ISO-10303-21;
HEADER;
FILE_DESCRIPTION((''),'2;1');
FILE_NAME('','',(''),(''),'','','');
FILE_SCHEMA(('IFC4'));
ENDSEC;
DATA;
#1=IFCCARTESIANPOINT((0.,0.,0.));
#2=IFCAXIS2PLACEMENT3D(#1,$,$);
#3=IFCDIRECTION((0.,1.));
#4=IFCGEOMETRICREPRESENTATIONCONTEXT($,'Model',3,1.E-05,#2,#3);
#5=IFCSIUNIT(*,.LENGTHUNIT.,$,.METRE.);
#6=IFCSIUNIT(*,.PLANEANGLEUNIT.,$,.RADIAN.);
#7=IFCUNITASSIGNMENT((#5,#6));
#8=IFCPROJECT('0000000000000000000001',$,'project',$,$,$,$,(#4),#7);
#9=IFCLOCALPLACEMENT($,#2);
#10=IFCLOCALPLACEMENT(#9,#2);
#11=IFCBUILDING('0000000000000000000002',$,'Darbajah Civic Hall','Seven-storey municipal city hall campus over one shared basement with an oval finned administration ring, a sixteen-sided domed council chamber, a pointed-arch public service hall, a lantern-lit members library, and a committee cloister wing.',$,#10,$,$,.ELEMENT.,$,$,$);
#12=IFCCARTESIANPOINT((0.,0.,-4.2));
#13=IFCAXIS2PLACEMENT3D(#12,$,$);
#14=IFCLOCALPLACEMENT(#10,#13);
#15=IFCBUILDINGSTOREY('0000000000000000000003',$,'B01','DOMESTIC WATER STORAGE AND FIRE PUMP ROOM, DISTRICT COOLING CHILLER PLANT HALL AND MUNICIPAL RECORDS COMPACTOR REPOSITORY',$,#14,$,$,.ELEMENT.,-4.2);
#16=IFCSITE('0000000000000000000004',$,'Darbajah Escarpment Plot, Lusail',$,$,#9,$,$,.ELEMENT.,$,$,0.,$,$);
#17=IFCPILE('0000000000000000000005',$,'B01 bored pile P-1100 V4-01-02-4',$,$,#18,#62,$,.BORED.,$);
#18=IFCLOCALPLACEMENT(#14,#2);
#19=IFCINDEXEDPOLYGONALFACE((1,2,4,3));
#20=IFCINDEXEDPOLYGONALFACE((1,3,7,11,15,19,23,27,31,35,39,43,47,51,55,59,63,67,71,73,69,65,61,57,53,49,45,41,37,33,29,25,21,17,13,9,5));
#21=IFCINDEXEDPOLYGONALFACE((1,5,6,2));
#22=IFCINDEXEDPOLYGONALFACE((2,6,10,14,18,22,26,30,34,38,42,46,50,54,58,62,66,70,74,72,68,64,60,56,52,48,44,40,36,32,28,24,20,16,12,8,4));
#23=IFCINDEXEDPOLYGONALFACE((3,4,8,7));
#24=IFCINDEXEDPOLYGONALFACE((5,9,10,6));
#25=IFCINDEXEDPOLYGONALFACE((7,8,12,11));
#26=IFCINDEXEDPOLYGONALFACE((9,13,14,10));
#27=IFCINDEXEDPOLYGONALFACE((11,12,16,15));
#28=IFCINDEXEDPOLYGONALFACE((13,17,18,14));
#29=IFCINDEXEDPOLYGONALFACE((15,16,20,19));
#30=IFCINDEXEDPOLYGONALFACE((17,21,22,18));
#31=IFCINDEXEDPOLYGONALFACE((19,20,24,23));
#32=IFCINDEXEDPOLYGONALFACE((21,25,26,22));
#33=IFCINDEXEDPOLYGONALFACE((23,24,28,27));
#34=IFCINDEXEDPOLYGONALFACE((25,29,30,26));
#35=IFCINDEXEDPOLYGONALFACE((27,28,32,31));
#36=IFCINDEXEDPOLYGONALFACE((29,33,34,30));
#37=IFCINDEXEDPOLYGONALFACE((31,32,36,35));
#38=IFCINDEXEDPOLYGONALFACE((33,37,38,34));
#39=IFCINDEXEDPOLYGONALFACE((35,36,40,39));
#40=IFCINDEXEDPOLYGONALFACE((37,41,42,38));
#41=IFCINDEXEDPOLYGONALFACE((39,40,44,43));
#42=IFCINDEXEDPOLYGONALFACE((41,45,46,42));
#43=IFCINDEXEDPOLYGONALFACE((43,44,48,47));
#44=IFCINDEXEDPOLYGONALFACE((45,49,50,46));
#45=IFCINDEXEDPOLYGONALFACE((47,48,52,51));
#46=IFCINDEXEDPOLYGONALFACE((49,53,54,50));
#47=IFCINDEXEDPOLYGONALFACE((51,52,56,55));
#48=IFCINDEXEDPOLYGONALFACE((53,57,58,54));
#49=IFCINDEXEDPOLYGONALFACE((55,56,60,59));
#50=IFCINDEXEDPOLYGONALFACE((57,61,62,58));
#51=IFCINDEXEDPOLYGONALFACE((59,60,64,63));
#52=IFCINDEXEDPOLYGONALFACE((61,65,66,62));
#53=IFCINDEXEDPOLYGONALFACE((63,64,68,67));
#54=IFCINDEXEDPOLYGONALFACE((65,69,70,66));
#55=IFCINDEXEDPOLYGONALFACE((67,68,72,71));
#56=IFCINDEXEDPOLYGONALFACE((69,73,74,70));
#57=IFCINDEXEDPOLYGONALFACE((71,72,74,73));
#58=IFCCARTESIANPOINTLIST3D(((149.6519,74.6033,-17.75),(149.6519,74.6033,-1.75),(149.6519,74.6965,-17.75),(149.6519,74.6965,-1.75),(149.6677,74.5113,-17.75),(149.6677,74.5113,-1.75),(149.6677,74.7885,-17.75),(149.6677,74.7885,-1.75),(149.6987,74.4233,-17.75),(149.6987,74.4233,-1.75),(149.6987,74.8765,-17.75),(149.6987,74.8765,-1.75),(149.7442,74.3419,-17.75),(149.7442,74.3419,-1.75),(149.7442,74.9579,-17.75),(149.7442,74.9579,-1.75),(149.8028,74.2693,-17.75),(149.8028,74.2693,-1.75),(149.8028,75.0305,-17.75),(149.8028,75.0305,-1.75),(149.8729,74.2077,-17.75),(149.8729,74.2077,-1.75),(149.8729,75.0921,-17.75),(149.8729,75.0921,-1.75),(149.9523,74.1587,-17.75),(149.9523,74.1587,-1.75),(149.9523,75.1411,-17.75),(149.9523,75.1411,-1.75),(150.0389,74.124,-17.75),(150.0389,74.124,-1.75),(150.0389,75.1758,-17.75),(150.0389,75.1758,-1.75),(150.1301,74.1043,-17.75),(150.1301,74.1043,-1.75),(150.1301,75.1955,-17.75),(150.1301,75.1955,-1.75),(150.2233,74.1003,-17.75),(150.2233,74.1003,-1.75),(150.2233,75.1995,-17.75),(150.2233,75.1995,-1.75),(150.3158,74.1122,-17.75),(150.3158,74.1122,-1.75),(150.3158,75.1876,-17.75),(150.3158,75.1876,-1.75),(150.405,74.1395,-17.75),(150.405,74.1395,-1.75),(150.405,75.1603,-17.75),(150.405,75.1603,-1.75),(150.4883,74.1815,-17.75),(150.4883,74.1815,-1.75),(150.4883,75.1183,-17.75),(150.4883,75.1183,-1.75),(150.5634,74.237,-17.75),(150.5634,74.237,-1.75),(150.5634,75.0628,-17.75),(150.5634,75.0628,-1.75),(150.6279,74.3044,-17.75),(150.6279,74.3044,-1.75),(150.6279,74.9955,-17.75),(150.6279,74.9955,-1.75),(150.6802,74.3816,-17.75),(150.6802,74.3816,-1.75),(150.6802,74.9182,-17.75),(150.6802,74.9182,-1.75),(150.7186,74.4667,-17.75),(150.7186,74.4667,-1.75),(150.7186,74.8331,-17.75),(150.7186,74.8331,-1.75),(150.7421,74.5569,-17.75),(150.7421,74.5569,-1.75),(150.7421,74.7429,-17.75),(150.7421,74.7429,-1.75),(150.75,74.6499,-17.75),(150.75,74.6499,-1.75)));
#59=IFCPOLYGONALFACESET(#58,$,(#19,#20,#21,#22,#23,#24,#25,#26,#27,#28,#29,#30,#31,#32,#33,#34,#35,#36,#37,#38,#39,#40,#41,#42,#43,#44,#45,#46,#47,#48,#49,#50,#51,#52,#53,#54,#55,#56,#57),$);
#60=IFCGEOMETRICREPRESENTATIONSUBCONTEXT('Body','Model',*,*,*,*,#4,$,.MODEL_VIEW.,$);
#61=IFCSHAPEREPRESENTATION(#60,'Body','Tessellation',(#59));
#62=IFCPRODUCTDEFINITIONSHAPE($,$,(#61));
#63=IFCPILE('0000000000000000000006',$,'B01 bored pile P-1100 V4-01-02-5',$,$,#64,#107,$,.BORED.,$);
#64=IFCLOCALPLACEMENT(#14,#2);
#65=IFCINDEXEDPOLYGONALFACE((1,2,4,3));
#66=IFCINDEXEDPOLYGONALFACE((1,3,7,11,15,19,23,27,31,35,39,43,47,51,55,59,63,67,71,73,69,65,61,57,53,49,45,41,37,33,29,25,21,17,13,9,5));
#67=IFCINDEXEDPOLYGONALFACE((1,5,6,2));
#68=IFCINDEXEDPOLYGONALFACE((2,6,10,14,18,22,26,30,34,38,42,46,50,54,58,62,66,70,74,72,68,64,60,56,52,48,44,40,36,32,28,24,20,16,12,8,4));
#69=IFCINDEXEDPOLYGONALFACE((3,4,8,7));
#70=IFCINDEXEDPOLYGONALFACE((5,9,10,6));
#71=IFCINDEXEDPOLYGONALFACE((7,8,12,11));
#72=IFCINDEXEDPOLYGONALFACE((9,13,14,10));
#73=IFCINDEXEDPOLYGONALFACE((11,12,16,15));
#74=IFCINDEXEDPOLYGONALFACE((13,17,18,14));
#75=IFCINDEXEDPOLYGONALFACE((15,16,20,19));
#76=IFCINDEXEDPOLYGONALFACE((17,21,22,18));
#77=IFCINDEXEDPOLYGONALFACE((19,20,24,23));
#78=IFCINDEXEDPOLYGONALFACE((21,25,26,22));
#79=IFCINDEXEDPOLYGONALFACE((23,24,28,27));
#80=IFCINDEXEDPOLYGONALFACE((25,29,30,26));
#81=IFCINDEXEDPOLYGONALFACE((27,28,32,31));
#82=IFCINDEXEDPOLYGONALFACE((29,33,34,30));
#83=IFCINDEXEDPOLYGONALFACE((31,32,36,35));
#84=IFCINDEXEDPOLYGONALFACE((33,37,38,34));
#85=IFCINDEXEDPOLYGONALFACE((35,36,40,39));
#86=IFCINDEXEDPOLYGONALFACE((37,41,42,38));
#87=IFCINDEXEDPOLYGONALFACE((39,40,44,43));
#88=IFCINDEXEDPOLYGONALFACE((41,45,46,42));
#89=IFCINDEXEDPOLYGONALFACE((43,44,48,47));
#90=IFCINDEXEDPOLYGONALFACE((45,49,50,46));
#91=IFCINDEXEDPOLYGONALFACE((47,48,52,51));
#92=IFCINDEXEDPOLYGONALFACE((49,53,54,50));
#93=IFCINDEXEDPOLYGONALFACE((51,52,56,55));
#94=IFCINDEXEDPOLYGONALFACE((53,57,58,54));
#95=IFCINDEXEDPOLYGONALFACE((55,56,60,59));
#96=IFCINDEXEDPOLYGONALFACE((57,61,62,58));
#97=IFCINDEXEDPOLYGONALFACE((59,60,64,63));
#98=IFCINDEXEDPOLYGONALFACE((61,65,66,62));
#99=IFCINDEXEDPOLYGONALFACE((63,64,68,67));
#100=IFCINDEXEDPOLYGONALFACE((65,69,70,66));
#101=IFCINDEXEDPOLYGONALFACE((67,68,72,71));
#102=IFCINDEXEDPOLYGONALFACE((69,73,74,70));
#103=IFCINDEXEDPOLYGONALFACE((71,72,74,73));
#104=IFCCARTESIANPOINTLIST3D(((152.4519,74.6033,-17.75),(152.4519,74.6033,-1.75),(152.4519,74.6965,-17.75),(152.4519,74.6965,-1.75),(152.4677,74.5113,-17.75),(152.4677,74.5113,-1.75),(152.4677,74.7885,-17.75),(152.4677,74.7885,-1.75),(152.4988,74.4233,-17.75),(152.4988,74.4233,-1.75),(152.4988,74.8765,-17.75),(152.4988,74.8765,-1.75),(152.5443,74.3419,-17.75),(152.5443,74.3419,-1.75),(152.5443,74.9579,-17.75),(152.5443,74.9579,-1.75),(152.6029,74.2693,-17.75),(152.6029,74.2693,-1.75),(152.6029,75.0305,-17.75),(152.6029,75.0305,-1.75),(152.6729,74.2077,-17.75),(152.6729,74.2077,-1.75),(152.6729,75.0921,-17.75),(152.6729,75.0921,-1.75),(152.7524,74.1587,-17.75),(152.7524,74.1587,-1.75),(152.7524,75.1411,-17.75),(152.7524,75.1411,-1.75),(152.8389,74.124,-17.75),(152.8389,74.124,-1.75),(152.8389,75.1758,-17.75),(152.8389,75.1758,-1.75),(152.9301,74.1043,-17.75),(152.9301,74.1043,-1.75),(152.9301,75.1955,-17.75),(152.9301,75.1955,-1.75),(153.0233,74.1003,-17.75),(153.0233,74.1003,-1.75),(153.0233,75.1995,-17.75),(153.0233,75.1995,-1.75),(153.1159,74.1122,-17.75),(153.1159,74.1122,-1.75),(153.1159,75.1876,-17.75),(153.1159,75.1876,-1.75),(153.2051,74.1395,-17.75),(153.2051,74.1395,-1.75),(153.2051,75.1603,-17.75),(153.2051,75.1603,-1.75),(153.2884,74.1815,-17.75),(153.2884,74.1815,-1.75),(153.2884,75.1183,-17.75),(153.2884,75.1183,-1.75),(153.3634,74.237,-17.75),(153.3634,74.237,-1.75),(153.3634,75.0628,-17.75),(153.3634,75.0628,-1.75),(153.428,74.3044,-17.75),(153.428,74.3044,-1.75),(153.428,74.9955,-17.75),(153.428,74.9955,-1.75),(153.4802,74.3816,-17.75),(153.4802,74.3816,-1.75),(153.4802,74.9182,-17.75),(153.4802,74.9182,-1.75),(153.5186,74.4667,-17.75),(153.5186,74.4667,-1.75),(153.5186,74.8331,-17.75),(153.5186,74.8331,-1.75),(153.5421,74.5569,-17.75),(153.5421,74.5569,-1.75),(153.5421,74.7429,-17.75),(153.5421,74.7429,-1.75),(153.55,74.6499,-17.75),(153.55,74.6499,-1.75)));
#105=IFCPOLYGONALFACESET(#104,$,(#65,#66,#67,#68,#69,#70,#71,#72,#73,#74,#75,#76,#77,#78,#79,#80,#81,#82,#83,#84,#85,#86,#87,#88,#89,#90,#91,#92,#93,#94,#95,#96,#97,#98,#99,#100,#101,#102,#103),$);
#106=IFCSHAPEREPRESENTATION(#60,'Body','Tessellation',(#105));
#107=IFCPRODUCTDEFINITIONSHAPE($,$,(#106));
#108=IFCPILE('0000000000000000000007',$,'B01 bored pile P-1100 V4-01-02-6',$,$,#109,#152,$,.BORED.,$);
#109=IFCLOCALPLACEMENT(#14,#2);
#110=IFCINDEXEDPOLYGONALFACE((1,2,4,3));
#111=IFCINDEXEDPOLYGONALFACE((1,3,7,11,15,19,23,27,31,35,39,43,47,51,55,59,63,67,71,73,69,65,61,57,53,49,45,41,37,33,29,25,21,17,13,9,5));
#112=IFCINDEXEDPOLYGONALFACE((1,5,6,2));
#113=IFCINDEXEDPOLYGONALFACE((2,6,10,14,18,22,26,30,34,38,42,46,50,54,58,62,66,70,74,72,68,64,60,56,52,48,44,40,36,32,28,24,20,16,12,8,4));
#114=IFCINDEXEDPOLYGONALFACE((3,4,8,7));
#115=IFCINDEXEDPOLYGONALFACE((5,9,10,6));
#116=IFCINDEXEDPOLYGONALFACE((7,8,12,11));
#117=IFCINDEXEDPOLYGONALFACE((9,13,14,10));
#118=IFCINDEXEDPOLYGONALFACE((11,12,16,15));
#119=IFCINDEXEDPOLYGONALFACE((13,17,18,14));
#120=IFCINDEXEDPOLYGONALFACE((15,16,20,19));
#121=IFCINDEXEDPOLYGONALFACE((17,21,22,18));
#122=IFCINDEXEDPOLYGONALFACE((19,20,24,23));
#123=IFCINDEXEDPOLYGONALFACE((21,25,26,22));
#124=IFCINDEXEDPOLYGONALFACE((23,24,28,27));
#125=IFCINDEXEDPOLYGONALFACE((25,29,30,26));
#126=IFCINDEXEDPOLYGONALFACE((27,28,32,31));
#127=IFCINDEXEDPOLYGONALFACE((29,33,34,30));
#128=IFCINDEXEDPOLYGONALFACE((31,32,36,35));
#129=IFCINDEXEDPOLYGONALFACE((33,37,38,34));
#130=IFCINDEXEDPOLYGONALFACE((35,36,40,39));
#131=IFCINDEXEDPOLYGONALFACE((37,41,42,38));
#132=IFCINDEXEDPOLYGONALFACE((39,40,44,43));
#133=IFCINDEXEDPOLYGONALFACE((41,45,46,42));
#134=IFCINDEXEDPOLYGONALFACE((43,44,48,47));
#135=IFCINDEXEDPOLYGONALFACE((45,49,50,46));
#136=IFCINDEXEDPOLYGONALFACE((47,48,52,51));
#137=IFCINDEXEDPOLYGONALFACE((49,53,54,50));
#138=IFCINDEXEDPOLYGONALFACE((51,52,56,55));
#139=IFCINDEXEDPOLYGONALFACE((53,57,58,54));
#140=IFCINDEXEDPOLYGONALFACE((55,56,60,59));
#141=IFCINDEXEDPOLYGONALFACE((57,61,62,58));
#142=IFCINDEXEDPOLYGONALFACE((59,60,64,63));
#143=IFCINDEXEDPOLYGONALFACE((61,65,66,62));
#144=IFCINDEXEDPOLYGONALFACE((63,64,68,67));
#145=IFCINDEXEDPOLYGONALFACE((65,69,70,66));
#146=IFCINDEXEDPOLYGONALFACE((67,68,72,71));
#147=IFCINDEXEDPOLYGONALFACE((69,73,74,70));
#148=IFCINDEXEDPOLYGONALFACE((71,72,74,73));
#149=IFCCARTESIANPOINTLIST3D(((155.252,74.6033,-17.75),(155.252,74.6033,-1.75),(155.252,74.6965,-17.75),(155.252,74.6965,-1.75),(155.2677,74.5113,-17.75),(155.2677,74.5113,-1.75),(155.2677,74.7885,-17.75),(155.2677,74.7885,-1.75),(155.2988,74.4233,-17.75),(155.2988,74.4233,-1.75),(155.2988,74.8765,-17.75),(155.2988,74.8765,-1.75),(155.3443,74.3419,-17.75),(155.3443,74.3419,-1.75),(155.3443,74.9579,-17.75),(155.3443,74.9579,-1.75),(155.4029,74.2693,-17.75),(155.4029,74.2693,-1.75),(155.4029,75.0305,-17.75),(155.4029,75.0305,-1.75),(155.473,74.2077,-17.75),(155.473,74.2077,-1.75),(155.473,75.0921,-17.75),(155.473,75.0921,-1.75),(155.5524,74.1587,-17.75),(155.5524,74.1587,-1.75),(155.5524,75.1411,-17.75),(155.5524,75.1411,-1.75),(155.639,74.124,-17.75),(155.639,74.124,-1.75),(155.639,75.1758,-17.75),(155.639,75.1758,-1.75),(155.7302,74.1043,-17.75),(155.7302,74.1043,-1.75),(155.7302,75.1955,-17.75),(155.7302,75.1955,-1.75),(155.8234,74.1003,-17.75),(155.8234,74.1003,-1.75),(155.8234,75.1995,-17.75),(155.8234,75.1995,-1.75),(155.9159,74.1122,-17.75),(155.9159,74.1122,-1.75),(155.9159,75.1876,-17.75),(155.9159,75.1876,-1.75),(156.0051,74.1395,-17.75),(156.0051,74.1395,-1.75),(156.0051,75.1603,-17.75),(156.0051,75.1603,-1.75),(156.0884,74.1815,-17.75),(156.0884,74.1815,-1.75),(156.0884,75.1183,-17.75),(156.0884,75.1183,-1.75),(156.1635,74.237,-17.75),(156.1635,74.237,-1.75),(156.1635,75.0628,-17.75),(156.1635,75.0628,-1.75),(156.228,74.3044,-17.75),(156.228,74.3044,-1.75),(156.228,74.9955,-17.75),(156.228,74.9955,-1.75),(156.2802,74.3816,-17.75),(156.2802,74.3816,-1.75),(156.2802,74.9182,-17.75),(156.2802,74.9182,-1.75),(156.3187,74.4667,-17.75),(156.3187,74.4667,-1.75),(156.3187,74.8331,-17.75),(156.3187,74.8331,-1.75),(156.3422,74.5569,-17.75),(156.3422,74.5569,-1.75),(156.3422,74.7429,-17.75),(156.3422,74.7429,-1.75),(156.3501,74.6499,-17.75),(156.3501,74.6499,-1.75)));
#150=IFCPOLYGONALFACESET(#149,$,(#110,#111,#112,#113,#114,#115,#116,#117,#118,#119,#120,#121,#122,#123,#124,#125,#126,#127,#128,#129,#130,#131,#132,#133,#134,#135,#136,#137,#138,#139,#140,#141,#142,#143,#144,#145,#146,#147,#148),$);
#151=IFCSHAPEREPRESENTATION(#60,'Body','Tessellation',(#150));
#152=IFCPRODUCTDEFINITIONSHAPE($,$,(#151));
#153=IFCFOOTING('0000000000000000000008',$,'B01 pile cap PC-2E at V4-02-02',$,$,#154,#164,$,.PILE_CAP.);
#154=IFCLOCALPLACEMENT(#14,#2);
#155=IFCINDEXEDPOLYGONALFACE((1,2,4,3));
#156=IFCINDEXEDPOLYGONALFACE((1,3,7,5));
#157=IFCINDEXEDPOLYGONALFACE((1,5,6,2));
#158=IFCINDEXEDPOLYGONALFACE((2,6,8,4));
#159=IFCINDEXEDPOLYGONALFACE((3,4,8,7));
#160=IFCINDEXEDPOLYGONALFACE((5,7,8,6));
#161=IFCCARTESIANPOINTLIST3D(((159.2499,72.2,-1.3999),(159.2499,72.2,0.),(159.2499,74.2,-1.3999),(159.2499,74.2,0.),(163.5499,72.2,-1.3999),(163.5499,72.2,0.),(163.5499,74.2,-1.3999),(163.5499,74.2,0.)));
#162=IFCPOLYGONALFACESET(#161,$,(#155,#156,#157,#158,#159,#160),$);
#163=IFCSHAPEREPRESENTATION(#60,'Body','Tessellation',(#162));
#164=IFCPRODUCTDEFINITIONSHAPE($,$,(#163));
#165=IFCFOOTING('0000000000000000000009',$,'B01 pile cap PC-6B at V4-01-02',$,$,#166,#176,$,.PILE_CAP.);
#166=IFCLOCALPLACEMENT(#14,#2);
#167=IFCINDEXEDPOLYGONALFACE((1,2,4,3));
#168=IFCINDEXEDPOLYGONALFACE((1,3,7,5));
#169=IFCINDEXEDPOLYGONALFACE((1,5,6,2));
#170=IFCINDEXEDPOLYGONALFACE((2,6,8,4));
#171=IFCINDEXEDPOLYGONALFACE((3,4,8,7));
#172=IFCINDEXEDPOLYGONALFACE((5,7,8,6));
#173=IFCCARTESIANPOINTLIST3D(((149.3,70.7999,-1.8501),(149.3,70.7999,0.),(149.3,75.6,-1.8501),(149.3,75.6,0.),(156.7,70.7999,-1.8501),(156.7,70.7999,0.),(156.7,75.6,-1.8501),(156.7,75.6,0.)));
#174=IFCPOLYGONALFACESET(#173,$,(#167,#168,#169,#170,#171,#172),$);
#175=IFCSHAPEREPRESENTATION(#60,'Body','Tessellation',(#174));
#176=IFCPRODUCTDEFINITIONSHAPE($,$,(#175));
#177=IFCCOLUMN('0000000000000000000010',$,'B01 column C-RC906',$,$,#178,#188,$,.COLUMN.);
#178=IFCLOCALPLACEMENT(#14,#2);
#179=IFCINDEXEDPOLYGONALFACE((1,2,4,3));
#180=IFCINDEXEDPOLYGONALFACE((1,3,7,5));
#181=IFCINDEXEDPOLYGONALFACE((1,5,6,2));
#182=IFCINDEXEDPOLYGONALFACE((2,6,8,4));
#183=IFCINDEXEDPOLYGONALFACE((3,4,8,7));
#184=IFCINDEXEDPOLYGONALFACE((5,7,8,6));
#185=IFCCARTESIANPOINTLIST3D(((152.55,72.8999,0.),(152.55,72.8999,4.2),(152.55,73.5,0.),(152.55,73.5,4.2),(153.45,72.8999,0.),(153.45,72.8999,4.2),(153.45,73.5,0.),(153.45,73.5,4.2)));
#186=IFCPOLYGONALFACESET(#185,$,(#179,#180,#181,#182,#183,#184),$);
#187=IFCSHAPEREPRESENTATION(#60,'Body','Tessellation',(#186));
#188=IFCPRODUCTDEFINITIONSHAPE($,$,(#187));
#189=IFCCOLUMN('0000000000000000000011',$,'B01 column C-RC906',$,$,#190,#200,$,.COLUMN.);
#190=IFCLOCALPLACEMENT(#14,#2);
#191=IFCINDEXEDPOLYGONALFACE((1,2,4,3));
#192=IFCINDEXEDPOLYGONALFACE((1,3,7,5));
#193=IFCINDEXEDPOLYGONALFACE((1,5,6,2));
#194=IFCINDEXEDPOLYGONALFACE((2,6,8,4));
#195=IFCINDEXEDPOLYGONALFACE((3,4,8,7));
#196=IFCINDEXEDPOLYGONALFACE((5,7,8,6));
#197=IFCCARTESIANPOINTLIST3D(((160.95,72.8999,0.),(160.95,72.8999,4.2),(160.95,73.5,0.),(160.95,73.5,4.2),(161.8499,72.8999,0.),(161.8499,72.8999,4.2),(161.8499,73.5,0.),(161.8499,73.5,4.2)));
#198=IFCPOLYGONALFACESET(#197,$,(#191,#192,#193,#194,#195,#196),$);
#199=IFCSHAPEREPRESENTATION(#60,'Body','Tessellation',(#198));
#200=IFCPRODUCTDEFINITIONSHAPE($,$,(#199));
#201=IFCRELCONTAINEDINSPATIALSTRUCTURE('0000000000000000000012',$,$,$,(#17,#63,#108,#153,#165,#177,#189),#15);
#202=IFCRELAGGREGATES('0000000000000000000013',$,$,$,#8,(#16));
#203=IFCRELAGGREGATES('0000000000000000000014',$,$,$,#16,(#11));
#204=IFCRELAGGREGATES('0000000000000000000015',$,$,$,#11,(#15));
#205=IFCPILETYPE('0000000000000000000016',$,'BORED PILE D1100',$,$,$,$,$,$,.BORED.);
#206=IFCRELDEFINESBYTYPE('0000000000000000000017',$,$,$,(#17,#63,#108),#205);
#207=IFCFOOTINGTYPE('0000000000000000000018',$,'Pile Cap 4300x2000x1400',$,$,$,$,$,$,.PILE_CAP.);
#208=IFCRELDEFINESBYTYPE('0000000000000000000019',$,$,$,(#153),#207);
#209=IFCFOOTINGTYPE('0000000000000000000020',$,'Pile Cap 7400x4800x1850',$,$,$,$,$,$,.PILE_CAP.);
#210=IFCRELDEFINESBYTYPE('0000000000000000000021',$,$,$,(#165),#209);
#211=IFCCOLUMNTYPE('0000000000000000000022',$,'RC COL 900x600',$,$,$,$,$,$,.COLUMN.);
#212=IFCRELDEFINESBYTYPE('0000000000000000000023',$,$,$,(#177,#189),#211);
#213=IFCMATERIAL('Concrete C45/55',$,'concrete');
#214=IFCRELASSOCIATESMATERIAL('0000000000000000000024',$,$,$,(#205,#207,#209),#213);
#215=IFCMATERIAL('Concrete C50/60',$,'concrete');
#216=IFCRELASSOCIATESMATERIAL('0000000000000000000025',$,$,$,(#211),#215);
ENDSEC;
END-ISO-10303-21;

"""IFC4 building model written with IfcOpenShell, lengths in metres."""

from ifc_helpers import new_model, si_unit, direction, frame, origin, origin_2d, place, context, subcontext, project, spatial, rectangle, circle, extrude, material, material_profile, profile_set, type_object, element, save


model = new_model("IFC4")

# Units and contexts
model_context = context("Model", 3, precision=1e-05, world=origin(), true_north=direction((0.0, 1.0)))
body_context = subcontext(model_context, "Body", "Model", "MODEL_VIEW")
ifc_project = project(units=[si_unit("LENGTHUNIT", "METRE"), si_unit("PLANEANGLEUNIT", "RADIAN")], contexts=[model_context])

# Site, building, storey
site_placement = place(None, origin())
site = spatial("IfcSite", under=ifc_project, at=site_placement, Name="Darbajah Escarpment Plot, Lusail", CompositionType="ELEMENT", RefElevation=0.0)
building_placement = place(site_placement, origin())
building = spatial("IfcBuilding", under=site, at=building_placement, Name="Darbajah Civic Hall", Description="Seven-storey municipal city hall campus over one shared basement with an oval finned administration ring, a sixteen-sided domed council chamber, a pointed-arch public service hall, a lantern-lit members library, and a committee cloister wing.", CompositionType="ELEMENT")
storey_placement = place(building_placement, frame((0.0, 0.0, -4.2)))
storey = spatial("IfcBuildingStorey", under=building, at=storey_placement, Name="B01", Description="DOMESTIC WATER STORAGE AND FIRE PUMP ROOM, DISTRICT COOLING CHILLER PLANT HALL AND MUNICIPAL RECORDS COMPACTOR REPOSITORY", CompositionType="ELEMENT", Elevation=-4.2)

# Piles
ifc_material_1 = material(Name="Concrete C45/55", Category="concrete")
ifc_material_profile_1 = material_profile(ifc_material_1, circle(Radius=0.55, at=origin_2d()), Name="BORED PILE D1100")
ifc_profile_set_1 = profile_set([ifc_material_profile_1], Name="Concrete C45/55")
pile_type_1 = type_object("IfcPileType", Name="BORED PILE D1100", PredefinedType="BORED", material=ifc_profile_set_1)
for number, where, z_axis, x_axis, name in (
    (1, (150.2, 74.6499, -1.75), (0.0, 0.0, -1.0), (1.0, 0.0, 0.0), "B01 bored pile P-1100 V4-01-02-4"),
    (2, (153.0, 74.6499, -1.75), (0.0, 0.0, -1.0), (1.0, 0.0, 0.0), "B01 bored pile P-1100 V4-01-02-5"),
    (3, (155.8, 74.6499, -1.75), (0.0, 0.0, -1.0), (1.0, 0.0, 0.0), "B01 bored pile P-1100 V4-01-02-6"),
):
    element("IfcPile", number, at=place(storey_placement, frame(where, z_axis=z_axis, x_axis=x_axis)), inside=storey, type_object=pile_type_1, Name=name, PredefinedType="BORED", context=body_context, shape_type="SweptSolid", body=[
        extrude(circle(Radius=0.55, at=origin_2d()), origin(), (0.0, 0.0, 1.0), 16.0),
    ])

# Footings
footing_type_1 = type_object("IfcFootingType", Name="Pile Cap 4300x2000x1400", PredefinedType="PILE_CAP", material=ifc_material_1)
footing_1_placement = place(storey_placement, frame((161.3999, 73.2, -1.3999), z_axis=(0.0, 0.0, 1.0), x_axis=(1.0, 0.0, 0.0)))
element("IfcFooting", 4, at=footing_1_placement, inside=storey, type_object=footing_type_1, Name="B01 pile cap PC-2E at V4-02-02", PredefinedType="PILE_CAP", context=body_context, shape_type="SweptSolid", body=[
    extrude(rectangle(XDim=4.3, YDim=2.0, at=origin_2d()), origin(), (0.0, 0.0, 1.0), 1.3999),
])
footing_type_2 = type_object("IfcFootingType", Name="Pile Cap 7400x4800x1850", PredefinedType="PILE_CAP", material=ifc_material_1)
footing_2_placement = place(storey_placement, frame((153.0, 73.2, -1.8501), z_axis=(0.0, 0.0, 1.0), x_axis=(1.0, 0.0, 0.0)))
element("IfcFooting", 5, at=footing_2_placement, inside=storey, type_object=footing_type_2, Name="B01 pile cap PC-6B at V4-01-02", PredefinedType="PILE_CAP", context=body_context, shape_type="SweptSolid", body=[
    extrude(rectangle(XDim=7.3999, YDim=4.8, at=origin_2d()), origin(), (0.0, 0.0, 1.0), 1.8501),
])

# Columns
ifc_material_2 = material(Name="Concrete C50/60", Category="concrete")
ifc_material_profile_2 = material_profile(ifc_material_2, rectangle(XDim=0.8999, YDim=0.6001, at=origin_2d()), Name="RC COL 900x600")
ifc_profile_set_2 = profile_set([ifc_material_profile_2], Name="Concrete C50/60")
column_type = type_object("IfcColumnType", Name="RC COL 900x600", PredefinedType="COLUMN", material=ifc_profile_set_2)
for number, where, z_axis, x_axis, name in (
    (6, (153.0, 73.2, 0.0), (0.0, 0.0, 1.0), (1.0, 0.0, 0.0), "B01 column C-RC906"),
    (7, (161.3999, 73.2, 0.0), (0.0, 0.0, 1.0), (1.0, 0.0, 0.0), "B01 column C-RC906"),
):
    element("IfcColumn", number, at=place(storey_placement, frame(where, z_axis=z_axis, x_axis=x_axis)), inside=storey, type_object=column_type, Name=name, PredefinedType="COLUMN", context=body_context, shape_type="SweptSolid", body=[
        extrude(rectangle(XDim=0.8999, YDim=0.6001, at=origin_2d()), origin(), (0.0, 0.0, 1.0), 4.2),
    ])

save(model, "model.ifc")
